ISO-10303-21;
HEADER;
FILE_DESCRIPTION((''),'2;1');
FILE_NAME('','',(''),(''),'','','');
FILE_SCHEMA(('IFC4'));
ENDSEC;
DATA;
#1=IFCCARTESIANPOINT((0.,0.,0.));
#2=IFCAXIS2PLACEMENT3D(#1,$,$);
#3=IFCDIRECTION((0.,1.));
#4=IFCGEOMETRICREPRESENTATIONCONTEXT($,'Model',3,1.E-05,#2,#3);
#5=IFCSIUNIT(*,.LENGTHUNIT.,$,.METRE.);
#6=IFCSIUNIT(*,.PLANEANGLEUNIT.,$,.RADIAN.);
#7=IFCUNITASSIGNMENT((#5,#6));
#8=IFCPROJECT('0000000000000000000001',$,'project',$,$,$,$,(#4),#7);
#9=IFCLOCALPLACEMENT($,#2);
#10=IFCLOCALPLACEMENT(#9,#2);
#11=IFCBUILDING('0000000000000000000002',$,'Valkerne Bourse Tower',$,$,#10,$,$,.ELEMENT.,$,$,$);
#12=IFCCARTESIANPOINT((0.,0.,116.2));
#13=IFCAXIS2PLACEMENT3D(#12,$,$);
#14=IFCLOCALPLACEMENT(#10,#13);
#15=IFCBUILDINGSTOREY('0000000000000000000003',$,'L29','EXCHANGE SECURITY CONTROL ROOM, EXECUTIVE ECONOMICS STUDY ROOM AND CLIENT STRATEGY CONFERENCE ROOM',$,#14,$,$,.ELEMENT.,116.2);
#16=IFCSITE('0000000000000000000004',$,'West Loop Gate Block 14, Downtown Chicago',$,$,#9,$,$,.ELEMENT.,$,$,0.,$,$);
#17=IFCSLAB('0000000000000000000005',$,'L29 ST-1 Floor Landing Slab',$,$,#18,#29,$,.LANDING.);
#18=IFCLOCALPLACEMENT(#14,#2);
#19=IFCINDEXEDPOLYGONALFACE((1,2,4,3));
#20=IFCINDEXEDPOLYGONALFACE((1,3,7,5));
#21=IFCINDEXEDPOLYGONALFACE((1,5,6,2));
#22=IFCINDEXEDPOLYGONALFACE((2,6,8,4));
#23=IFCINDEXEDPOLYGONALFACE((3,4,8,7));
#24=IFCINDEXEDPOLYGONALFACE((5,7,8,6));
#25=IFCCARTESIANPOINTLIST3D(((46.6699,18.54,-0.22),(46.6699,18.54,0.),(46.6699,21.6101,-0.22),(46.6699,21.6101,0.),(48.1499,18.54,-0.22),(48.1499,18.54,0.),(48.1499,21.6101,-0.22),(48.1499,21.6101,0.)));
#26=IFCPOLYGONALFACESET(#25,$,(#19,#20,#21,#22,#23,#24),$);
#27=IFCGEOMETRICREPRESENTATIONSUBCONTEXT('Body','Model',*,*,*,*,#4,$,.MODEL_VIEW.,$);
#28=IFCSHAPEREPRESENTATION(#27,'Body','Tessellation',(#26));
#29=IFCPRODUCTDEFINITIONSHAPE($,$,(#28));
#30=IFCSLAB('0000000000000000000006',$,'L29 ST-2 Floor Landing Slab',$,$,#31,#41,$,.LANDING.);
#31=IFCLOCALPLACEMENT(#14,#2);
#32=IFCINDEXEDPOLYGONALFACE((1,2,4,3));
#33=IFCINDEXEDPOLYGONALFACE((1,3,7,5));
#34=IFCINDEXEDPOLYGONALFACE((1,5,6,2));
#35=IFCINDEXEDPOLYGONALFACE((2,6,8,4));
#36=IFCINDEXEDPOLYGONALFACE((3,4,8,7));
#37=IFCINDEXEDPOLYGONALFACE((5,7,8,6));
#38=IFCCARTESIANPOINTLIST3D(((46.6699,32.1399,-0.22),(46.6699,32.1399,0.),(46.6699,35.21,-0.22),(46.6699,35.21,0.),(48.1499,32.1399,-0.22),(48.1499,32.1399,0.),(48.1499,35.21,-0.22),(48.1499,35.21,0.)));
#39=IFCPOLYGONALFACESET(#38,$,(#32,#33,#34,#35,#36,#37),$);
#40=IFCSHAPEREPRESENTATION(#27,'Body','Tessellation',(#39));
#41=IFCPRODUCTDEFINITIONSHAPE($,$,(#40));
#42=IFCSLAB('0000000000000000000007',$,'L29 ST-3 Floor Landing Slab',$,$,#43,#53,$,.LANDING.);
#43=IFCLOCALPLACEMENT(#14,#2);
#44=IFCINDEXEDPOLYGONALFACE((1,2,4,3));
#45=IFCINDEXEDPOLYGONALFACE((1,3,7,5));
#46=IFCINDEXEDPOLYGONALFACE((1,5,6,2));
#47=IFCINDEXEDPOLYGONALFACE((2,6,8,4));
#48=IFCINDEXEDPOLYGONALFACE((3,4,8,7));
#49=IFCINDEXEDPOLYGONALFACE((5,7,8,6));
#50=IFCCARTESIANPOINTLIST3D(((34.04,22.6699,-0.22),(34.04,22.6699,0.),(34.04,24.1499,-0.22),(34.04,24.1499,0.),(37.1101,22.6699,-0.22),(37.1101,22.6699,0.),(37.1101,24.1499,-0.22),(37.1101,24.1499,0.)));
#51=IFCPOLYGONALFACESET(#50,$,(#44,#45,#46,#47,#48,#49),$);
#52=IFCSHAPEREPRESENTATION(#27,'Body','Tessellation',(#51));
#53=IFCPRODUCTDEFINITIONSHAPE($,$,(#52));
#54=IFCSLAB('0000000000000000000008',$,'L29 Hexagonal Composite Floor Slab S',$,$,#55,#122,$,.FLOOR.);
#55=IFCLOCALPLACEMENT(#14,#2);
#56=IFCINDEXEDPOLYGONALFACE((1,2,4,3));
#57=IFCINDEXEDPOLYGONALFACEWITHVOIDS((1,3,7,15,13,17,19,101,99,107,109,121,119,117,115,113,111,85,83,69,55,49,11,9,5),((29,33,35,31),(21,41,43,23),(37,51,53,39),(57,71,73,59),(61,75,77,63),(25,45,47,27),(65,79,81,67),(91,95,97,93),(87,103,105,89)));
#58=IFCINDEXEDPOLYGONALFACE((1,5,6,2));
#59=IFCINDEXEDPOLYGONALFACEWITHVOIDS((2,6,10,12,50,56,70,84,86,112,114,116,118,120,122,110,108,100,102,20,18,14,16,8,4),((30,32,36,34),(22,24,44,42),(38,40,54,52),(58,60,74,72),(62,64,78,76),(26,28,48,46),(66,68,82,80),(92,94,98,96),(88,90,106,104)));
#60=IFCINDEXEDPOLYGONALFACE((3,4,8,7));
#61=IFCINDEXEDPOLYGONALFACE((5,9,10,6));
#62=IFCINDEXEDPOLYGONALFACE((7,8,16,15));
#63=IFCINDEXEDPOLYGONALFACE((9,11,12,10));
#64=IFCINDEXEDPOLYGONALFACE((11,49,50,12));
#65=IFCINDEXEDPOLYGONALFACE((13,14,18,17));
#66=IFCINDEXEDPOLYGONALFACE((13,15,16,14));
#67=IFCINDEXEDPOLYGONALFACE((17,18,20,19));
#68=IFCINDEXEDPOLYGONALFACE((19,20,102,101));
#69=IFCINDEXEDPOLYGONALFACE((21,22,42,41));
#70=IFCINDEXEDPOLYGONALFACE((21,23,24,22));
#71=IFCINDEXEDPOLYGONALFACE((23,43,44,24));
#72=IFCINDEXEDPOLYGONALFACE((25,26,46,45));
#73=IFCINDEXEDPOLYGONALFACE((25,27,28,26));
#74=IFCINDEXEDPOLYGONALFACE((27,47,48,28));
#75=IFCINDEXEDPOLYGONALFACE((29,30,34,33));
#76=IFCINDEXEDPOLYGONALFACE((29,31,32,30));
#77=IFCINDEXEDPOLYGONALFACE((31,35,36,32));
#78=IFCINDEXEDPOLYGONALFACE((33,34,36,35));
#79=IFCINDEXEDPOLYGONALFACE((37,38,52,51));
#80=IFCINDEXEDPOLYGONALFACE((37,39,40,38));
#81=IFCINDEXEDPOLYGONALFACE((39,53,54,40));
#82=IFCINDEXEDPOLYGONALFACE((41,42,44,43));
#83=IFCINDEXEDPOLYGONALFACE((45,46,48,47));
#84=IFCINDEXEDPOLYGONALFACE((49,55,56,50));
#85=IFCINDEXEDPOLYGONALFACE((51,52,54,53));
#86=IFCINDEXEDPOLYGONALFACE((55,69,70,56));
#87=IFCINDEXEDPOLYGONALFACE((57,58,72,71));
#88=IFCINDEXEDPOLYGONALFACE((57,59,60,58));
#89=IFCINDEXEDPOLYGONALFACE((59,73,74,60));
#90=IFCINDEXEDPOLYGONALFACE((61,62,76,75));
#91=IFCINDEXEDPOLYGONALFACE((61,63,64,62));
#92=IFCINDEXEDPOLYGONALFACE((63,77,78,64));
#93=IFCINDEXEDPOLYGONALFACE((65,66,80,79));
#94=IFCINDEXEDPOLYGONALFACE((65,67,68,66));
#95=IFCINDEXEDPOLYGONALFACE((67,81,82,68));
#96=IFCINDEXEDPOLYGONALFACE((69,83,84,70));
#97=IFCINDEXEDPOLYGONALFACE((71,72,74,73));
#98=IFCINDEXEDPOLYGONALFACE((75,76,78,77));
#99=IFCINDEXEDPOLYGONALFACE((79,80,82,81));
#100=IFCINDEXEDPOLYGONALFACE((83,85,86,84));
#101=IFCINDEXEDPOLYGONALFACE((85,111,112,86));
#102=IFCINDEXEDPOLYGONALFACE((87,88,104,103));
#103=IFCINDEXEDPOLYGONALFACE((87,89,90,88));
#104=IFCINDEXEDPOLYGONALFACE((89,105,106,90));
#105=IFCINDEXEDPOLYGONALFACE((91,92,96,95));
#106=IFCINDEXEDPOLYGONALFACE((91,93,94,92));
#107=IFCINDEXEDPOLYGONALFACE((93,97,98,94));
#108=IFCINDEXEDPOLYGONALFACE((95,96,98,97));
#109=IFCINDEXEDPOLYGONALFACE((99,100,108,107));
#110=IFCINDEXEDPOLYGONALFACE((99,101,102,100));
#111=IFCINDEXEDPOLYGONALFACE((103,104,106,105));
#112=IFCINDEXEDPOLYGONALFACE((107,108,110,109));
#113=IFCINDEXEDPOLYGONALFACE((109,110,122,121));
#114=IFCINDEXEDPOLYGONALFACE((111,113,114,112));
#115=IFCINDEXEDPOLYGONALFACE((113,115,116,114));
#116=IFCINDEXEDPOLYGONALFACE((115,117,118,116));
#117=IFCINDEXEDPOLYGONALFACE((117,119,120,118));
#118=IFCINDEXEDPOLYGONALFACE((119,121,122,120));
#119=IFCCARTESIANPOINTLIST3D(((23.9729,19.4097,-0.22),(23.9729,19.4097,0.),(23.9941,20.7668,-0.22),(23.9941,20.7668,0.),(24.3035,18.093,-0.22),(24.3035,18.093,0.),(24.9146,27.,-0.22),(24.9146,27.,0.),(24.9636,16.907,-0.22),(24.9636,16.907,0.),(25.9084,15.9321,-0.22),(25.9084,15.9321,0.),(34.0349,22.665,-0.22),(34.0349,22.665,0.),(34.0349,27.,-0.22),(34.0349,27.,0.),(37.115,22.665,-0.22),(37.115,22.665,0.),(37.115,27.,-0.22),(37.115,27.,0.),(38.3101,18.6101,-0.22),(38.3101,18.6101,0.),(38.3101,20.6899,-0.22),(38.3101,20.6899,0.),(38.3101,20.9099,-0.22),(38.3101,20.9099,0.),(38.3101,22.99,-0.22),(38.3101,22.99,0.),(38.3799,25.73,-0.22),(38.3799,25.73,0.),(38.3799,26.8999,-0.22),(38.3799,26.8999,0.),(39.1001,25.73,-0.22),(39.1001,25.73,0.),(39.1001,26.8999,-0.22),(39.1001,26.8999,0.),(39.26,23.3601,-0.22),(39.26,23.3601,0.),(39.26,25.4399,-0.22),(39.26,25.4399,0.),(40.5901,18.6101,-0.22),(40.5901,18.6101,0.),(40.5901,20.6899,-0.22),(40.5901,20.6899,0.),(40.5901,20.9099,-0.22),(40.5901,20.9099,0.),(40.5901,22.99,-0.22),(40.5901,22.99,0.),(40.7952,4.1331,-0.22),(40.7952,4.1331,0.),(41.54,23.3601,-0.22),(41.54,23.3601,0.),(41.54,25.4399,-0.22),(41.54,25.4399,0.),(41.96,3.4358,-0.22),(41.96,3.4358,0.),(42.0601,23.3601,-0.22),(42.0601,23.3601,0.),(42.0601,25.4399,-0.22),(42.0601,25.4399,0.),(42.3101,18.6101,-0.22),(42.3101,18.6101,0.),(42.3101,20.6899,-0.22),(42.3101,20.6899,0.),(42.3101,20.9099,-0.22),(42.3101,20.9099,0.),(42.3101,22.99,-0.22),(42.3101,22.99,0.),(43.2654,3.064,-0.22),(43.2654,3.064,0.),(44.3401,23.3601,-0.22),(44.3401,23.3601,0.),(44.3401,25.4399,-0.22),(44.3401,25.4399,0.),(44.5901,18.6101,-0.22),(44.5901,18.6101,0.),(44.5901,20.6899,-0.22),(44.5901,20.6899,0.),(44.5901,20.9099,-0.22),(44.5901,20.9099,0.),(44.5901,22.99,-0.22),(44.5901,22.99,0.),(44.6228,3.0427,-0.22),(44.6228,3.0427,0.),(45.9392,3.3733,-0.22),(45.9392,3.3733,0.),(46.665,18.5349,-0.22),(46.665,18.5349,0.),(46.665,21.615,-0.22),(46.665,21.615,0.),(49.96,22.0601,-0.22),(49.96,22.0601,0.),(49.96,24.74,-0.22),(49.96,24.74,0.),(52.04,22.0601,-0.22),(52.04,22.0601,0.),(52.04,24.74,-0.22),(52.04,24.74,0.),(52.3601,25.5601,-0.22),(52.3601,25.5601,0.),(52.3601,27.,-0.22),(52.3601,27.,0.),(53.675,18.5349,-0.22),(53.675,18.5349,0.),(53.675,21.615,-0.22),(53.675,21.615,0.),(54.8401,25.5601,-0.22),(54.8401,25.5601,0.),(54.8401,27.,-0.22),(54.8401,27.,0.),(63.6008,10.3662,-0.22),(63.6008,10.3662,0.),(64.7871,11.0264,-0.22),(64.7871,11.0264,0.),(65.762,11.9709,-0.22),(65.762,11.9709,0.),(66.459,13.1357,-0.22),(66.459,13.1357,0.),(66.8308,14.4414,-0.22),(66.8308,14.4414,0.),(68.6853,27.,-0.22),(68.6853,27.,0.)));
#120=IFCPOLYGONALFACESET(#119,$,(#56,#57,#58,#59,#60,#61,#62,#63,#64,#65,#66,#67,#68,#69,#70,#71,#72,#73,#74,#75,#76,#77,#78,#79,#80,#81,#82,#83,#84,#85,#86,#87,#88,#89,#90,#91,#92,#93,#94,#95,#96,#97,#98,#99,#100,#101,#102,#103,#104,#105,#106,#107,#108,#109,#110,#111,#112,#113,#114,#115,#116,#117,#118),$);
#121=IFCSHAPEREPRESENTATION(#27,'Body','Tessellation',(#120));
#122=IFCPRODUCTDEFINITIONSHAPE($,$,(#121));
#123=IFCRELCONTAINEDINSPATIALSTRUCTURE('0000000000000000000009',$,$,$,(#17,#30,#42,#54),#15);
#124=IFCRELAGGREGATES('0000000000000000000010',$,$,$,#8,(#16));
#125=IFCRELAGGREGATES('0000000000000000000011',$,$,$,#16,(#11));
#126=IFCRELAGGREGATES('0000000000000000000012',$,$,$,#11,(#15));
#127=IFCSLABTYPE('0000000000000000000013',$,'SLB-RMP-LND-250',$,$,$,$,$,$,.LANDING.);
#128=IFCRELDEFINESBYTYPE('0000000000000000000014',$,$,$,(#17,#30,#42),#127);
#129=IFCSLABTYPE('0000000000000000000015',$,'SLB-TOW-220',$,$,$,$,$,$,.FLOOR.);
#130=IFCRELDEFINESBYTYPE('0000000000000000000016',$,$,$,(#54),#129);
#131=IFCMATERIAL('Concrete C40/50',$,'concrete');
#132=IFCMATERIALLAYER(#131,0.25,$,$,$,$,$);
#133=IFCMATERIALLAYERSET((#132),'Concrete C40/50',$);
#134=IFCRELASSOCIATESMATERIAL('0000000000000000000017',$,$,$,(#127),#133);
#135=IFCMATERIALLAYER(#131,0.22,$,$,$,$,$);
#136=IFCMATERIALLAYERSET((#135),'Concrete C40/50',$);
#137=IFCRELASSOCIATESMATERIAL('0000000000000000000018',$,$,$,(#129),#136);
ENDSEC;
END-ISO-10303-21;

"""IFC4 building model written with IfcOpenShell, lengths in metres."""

from ifc_helpers import new_model, si_unit, direction, frame, origin, place, context, subcontext, project, spatial, polyline, outline, extrude, material, layer, layer_set, type_object, element, save


model = new_model("IFC4")

# Units and contexts
model_context = context("Model", 3, precision=1e-05, world=origin(), true_north=direction((0.0, 1.0)))
body_context = subcontext(model_context, "Body", "Model", "MODEL_VIEW")
ifc_project = project(units=[si_unit("LENGTHUNIT", "METRE"), si_unit("PLANEANGLEUNIT", "RADIAN")], contexts=[model_context])

# Site, building, storey
site_placement = place(None, origin())
site = spatial("IfcSite", under=ifc_project, at=site_placement, Name="West Loop Gate Block 14, Downtown Chicago", CompositionType="ELEMENT", RefElevation=0.0)
building_placement = place(site_placement, origin())
building = spatial("IfcBuilding", under=site, at=building_placement, Name="Valkerne Bourse Tower", CompositionType="ELEMENT")
storey_placement = place(building_placement, frame((0.0, 0.0, 116.2)))
storey = spatial("IfcBuildingStorey", under=building, at=storey_placement, Name="L29", Description="EXCHANGE SECURITY CONTROL ROOM, EXECUTIVE ECONOMICS STUDY ROOM AND CLIENT STRATEGY CONFERENCE ROOM", CompositionType="ELEMENT", Elevation=116.2)

# Slabs
ifc_material_1 = material(Name="Concrete C40/50", Category="concrete")
ifc_layer_1 = layer(ifc_material_1, 0.25)
ifc_layer_set_1 = layer_set([ifc_layer_1], Name="Concrete C40/50")
slab_type_1 = type_object("IfcSlabType", Name="SLB-RMP-LND-250", PredefinedType="LANDING", material=ifc_layer_set_1)
slab_1_placement = place(storey_placement, frame((0.0, 0.0, -0.22)))
element("IfcSlab", 1, at=slab_1_placement, inside=storey, type_object=slab_type_1, Name="L29 ST-1 Floor Landing Slab", PredefinedType="LANDING", context=body_context, shape_type="SweptSolid", body=[
    extrude(outline(polyline([(46.6699, 18.54), (48.1499, 18.54), (48.1499, 21.6101), (46.6699, 21.6101), (46.6699, 18.54)])), origin(), (0.0, 0.0, 1.0), 0.22),
])
slab_2_placement = place(storey_placement, frame((0.0, 0.0, -0.22)))
element("IfcSlab", 2, at=slab_2_placement, inside=storey, type_object=slab_type_1, Name="L29 ST-2 Floor Landing Slab", PredefinedType="LANDING", context=body_context, shape_type="SweptSolid", body=[
    extrude(outline(polyline([(46.6699, 32.1399), (48.1499, 32.1399), (48.1499, 35.21), (46.6699, 35.21), (46.6699, 32.1399)])), origin(), (0.0, 0.0, 1.0), 0.22),
])
slab_3_placement = place(storey_placement, frame((0.0, 0.0, -0.22)))
element("IfcSlab", 3, at=slab_3_placement, inside=storey, type_object=slab_type_1, Name="L29 ST-3 Floor Landing Slab", PredefinedType="LANDING", context=body_context, shape_type="SweptSolid", body=[
    extrude(outline(polyline([(37.1101, 22.6699), (37.1101, 24.1499), (34.04, 24.1499), (34.04, 22.6699), (37.1101, 22.6699)])), origin(), (0.0, 0.0, 1.0), 0.22),
])
ifc_layer_2 = layer(ifc_material_1, 0.22)
ifc_layer_set_2 = layer_set([ifc_layer_2], Name="Concrete C40/50")
slab_type_2 = type_object("IfcSlabType", Name="SLB-TOW-220", PredefinedType="FLOOR", material=ifc_layer_set_2)
slab_4_placement = place(storey_placement, frame((0.0, 0.0, -0.22)))
element("IfcSlab", 4, at=slab_4_placement, inside=storey, type_object=slab_type_2, Name="L29 Hexagonal Composite Floor Slab S", PredefinedType="FLOOR", context=body_context, shape_type="SweptSolid", body=[
    extrude(outline(polyline([(66.459, 13.1357), (65.762, 11.9709), (64.7871, 11.0264), (63.6008, 10.3662), (45.9392, 3.3733), (44.6228, 3.0427), (43.2654, 3.064), (41.96, 3.4358), (40.7952, 4.1331), (25.9084, 15.9321), (24.9636, 16.907), (24.3035, 18.093), (23.9729, 19.4097), (23.9941, 20.7668), (24.9146, 27.0), (34.0349, 27.0), (34.0349, 22.665), (37.115, 22.665), (37.115, 27.0), (52.3601, 27.0), (52.3601, 25.5601), (54.8401, 25.5601), (54.8401, 27.0), (68.6853, 27.0), (66.8308, 14.4414), (66.459, 13.1357)]), holes=[polyline([(40.5901, 20.6899), (38.3101, 20.6899), (38.3101, 18.6101), (40.5901, 18.6101), (40.5901, 20.6899)]), polyline([(40.5901, 22.99), (38.3101, 22.99), (38.3101, 20.9099), (40.5901, 20.9099), (40.5901, 22.99)]), polyline([(41.54, 25.4399), (39.26, 25.4399), (39.26, 23.3601), (41.54, 23.3601), (41.54, 25.4399)]), polyline([(39.1001, 25.73), (39.1001, 26.8999), (38.3799, 26.8999), (38.3799, 25.73), (39.1001, 25.73)]), polyline([(44.5901, 20.6899), (42.3101, 20.6899), (42.3101, 18.6101), (44.5901, 18.6101), (44.5901, 20.6899)]), polyline([(53.675, 21.615), (46.665, 21.615), (46.665, 18.5349), (53.675, 18.5349), (53.675, 21.615)]), polyline([(44.5901, 22.99), (42.3101, 22.99), (42.3101, 20.9099), (44.5901, 20.9099), (44.5901, 22.99)]), polyline([(52.04, 22.0601), (52.04, 24.74), (49.96, 24.74), (49.96, 22.0601), (52.04, 22.0601)]), polyline([(44.3401, 23.3601), (44.3401, 25.4399), (42.0601, 25.4399), (42.0601, 23.3601), (44.3401, 23.3601)])]), origin(), (0.0, 0.0, 1.0), 0.22),
])

save(model, "model.ifc")
